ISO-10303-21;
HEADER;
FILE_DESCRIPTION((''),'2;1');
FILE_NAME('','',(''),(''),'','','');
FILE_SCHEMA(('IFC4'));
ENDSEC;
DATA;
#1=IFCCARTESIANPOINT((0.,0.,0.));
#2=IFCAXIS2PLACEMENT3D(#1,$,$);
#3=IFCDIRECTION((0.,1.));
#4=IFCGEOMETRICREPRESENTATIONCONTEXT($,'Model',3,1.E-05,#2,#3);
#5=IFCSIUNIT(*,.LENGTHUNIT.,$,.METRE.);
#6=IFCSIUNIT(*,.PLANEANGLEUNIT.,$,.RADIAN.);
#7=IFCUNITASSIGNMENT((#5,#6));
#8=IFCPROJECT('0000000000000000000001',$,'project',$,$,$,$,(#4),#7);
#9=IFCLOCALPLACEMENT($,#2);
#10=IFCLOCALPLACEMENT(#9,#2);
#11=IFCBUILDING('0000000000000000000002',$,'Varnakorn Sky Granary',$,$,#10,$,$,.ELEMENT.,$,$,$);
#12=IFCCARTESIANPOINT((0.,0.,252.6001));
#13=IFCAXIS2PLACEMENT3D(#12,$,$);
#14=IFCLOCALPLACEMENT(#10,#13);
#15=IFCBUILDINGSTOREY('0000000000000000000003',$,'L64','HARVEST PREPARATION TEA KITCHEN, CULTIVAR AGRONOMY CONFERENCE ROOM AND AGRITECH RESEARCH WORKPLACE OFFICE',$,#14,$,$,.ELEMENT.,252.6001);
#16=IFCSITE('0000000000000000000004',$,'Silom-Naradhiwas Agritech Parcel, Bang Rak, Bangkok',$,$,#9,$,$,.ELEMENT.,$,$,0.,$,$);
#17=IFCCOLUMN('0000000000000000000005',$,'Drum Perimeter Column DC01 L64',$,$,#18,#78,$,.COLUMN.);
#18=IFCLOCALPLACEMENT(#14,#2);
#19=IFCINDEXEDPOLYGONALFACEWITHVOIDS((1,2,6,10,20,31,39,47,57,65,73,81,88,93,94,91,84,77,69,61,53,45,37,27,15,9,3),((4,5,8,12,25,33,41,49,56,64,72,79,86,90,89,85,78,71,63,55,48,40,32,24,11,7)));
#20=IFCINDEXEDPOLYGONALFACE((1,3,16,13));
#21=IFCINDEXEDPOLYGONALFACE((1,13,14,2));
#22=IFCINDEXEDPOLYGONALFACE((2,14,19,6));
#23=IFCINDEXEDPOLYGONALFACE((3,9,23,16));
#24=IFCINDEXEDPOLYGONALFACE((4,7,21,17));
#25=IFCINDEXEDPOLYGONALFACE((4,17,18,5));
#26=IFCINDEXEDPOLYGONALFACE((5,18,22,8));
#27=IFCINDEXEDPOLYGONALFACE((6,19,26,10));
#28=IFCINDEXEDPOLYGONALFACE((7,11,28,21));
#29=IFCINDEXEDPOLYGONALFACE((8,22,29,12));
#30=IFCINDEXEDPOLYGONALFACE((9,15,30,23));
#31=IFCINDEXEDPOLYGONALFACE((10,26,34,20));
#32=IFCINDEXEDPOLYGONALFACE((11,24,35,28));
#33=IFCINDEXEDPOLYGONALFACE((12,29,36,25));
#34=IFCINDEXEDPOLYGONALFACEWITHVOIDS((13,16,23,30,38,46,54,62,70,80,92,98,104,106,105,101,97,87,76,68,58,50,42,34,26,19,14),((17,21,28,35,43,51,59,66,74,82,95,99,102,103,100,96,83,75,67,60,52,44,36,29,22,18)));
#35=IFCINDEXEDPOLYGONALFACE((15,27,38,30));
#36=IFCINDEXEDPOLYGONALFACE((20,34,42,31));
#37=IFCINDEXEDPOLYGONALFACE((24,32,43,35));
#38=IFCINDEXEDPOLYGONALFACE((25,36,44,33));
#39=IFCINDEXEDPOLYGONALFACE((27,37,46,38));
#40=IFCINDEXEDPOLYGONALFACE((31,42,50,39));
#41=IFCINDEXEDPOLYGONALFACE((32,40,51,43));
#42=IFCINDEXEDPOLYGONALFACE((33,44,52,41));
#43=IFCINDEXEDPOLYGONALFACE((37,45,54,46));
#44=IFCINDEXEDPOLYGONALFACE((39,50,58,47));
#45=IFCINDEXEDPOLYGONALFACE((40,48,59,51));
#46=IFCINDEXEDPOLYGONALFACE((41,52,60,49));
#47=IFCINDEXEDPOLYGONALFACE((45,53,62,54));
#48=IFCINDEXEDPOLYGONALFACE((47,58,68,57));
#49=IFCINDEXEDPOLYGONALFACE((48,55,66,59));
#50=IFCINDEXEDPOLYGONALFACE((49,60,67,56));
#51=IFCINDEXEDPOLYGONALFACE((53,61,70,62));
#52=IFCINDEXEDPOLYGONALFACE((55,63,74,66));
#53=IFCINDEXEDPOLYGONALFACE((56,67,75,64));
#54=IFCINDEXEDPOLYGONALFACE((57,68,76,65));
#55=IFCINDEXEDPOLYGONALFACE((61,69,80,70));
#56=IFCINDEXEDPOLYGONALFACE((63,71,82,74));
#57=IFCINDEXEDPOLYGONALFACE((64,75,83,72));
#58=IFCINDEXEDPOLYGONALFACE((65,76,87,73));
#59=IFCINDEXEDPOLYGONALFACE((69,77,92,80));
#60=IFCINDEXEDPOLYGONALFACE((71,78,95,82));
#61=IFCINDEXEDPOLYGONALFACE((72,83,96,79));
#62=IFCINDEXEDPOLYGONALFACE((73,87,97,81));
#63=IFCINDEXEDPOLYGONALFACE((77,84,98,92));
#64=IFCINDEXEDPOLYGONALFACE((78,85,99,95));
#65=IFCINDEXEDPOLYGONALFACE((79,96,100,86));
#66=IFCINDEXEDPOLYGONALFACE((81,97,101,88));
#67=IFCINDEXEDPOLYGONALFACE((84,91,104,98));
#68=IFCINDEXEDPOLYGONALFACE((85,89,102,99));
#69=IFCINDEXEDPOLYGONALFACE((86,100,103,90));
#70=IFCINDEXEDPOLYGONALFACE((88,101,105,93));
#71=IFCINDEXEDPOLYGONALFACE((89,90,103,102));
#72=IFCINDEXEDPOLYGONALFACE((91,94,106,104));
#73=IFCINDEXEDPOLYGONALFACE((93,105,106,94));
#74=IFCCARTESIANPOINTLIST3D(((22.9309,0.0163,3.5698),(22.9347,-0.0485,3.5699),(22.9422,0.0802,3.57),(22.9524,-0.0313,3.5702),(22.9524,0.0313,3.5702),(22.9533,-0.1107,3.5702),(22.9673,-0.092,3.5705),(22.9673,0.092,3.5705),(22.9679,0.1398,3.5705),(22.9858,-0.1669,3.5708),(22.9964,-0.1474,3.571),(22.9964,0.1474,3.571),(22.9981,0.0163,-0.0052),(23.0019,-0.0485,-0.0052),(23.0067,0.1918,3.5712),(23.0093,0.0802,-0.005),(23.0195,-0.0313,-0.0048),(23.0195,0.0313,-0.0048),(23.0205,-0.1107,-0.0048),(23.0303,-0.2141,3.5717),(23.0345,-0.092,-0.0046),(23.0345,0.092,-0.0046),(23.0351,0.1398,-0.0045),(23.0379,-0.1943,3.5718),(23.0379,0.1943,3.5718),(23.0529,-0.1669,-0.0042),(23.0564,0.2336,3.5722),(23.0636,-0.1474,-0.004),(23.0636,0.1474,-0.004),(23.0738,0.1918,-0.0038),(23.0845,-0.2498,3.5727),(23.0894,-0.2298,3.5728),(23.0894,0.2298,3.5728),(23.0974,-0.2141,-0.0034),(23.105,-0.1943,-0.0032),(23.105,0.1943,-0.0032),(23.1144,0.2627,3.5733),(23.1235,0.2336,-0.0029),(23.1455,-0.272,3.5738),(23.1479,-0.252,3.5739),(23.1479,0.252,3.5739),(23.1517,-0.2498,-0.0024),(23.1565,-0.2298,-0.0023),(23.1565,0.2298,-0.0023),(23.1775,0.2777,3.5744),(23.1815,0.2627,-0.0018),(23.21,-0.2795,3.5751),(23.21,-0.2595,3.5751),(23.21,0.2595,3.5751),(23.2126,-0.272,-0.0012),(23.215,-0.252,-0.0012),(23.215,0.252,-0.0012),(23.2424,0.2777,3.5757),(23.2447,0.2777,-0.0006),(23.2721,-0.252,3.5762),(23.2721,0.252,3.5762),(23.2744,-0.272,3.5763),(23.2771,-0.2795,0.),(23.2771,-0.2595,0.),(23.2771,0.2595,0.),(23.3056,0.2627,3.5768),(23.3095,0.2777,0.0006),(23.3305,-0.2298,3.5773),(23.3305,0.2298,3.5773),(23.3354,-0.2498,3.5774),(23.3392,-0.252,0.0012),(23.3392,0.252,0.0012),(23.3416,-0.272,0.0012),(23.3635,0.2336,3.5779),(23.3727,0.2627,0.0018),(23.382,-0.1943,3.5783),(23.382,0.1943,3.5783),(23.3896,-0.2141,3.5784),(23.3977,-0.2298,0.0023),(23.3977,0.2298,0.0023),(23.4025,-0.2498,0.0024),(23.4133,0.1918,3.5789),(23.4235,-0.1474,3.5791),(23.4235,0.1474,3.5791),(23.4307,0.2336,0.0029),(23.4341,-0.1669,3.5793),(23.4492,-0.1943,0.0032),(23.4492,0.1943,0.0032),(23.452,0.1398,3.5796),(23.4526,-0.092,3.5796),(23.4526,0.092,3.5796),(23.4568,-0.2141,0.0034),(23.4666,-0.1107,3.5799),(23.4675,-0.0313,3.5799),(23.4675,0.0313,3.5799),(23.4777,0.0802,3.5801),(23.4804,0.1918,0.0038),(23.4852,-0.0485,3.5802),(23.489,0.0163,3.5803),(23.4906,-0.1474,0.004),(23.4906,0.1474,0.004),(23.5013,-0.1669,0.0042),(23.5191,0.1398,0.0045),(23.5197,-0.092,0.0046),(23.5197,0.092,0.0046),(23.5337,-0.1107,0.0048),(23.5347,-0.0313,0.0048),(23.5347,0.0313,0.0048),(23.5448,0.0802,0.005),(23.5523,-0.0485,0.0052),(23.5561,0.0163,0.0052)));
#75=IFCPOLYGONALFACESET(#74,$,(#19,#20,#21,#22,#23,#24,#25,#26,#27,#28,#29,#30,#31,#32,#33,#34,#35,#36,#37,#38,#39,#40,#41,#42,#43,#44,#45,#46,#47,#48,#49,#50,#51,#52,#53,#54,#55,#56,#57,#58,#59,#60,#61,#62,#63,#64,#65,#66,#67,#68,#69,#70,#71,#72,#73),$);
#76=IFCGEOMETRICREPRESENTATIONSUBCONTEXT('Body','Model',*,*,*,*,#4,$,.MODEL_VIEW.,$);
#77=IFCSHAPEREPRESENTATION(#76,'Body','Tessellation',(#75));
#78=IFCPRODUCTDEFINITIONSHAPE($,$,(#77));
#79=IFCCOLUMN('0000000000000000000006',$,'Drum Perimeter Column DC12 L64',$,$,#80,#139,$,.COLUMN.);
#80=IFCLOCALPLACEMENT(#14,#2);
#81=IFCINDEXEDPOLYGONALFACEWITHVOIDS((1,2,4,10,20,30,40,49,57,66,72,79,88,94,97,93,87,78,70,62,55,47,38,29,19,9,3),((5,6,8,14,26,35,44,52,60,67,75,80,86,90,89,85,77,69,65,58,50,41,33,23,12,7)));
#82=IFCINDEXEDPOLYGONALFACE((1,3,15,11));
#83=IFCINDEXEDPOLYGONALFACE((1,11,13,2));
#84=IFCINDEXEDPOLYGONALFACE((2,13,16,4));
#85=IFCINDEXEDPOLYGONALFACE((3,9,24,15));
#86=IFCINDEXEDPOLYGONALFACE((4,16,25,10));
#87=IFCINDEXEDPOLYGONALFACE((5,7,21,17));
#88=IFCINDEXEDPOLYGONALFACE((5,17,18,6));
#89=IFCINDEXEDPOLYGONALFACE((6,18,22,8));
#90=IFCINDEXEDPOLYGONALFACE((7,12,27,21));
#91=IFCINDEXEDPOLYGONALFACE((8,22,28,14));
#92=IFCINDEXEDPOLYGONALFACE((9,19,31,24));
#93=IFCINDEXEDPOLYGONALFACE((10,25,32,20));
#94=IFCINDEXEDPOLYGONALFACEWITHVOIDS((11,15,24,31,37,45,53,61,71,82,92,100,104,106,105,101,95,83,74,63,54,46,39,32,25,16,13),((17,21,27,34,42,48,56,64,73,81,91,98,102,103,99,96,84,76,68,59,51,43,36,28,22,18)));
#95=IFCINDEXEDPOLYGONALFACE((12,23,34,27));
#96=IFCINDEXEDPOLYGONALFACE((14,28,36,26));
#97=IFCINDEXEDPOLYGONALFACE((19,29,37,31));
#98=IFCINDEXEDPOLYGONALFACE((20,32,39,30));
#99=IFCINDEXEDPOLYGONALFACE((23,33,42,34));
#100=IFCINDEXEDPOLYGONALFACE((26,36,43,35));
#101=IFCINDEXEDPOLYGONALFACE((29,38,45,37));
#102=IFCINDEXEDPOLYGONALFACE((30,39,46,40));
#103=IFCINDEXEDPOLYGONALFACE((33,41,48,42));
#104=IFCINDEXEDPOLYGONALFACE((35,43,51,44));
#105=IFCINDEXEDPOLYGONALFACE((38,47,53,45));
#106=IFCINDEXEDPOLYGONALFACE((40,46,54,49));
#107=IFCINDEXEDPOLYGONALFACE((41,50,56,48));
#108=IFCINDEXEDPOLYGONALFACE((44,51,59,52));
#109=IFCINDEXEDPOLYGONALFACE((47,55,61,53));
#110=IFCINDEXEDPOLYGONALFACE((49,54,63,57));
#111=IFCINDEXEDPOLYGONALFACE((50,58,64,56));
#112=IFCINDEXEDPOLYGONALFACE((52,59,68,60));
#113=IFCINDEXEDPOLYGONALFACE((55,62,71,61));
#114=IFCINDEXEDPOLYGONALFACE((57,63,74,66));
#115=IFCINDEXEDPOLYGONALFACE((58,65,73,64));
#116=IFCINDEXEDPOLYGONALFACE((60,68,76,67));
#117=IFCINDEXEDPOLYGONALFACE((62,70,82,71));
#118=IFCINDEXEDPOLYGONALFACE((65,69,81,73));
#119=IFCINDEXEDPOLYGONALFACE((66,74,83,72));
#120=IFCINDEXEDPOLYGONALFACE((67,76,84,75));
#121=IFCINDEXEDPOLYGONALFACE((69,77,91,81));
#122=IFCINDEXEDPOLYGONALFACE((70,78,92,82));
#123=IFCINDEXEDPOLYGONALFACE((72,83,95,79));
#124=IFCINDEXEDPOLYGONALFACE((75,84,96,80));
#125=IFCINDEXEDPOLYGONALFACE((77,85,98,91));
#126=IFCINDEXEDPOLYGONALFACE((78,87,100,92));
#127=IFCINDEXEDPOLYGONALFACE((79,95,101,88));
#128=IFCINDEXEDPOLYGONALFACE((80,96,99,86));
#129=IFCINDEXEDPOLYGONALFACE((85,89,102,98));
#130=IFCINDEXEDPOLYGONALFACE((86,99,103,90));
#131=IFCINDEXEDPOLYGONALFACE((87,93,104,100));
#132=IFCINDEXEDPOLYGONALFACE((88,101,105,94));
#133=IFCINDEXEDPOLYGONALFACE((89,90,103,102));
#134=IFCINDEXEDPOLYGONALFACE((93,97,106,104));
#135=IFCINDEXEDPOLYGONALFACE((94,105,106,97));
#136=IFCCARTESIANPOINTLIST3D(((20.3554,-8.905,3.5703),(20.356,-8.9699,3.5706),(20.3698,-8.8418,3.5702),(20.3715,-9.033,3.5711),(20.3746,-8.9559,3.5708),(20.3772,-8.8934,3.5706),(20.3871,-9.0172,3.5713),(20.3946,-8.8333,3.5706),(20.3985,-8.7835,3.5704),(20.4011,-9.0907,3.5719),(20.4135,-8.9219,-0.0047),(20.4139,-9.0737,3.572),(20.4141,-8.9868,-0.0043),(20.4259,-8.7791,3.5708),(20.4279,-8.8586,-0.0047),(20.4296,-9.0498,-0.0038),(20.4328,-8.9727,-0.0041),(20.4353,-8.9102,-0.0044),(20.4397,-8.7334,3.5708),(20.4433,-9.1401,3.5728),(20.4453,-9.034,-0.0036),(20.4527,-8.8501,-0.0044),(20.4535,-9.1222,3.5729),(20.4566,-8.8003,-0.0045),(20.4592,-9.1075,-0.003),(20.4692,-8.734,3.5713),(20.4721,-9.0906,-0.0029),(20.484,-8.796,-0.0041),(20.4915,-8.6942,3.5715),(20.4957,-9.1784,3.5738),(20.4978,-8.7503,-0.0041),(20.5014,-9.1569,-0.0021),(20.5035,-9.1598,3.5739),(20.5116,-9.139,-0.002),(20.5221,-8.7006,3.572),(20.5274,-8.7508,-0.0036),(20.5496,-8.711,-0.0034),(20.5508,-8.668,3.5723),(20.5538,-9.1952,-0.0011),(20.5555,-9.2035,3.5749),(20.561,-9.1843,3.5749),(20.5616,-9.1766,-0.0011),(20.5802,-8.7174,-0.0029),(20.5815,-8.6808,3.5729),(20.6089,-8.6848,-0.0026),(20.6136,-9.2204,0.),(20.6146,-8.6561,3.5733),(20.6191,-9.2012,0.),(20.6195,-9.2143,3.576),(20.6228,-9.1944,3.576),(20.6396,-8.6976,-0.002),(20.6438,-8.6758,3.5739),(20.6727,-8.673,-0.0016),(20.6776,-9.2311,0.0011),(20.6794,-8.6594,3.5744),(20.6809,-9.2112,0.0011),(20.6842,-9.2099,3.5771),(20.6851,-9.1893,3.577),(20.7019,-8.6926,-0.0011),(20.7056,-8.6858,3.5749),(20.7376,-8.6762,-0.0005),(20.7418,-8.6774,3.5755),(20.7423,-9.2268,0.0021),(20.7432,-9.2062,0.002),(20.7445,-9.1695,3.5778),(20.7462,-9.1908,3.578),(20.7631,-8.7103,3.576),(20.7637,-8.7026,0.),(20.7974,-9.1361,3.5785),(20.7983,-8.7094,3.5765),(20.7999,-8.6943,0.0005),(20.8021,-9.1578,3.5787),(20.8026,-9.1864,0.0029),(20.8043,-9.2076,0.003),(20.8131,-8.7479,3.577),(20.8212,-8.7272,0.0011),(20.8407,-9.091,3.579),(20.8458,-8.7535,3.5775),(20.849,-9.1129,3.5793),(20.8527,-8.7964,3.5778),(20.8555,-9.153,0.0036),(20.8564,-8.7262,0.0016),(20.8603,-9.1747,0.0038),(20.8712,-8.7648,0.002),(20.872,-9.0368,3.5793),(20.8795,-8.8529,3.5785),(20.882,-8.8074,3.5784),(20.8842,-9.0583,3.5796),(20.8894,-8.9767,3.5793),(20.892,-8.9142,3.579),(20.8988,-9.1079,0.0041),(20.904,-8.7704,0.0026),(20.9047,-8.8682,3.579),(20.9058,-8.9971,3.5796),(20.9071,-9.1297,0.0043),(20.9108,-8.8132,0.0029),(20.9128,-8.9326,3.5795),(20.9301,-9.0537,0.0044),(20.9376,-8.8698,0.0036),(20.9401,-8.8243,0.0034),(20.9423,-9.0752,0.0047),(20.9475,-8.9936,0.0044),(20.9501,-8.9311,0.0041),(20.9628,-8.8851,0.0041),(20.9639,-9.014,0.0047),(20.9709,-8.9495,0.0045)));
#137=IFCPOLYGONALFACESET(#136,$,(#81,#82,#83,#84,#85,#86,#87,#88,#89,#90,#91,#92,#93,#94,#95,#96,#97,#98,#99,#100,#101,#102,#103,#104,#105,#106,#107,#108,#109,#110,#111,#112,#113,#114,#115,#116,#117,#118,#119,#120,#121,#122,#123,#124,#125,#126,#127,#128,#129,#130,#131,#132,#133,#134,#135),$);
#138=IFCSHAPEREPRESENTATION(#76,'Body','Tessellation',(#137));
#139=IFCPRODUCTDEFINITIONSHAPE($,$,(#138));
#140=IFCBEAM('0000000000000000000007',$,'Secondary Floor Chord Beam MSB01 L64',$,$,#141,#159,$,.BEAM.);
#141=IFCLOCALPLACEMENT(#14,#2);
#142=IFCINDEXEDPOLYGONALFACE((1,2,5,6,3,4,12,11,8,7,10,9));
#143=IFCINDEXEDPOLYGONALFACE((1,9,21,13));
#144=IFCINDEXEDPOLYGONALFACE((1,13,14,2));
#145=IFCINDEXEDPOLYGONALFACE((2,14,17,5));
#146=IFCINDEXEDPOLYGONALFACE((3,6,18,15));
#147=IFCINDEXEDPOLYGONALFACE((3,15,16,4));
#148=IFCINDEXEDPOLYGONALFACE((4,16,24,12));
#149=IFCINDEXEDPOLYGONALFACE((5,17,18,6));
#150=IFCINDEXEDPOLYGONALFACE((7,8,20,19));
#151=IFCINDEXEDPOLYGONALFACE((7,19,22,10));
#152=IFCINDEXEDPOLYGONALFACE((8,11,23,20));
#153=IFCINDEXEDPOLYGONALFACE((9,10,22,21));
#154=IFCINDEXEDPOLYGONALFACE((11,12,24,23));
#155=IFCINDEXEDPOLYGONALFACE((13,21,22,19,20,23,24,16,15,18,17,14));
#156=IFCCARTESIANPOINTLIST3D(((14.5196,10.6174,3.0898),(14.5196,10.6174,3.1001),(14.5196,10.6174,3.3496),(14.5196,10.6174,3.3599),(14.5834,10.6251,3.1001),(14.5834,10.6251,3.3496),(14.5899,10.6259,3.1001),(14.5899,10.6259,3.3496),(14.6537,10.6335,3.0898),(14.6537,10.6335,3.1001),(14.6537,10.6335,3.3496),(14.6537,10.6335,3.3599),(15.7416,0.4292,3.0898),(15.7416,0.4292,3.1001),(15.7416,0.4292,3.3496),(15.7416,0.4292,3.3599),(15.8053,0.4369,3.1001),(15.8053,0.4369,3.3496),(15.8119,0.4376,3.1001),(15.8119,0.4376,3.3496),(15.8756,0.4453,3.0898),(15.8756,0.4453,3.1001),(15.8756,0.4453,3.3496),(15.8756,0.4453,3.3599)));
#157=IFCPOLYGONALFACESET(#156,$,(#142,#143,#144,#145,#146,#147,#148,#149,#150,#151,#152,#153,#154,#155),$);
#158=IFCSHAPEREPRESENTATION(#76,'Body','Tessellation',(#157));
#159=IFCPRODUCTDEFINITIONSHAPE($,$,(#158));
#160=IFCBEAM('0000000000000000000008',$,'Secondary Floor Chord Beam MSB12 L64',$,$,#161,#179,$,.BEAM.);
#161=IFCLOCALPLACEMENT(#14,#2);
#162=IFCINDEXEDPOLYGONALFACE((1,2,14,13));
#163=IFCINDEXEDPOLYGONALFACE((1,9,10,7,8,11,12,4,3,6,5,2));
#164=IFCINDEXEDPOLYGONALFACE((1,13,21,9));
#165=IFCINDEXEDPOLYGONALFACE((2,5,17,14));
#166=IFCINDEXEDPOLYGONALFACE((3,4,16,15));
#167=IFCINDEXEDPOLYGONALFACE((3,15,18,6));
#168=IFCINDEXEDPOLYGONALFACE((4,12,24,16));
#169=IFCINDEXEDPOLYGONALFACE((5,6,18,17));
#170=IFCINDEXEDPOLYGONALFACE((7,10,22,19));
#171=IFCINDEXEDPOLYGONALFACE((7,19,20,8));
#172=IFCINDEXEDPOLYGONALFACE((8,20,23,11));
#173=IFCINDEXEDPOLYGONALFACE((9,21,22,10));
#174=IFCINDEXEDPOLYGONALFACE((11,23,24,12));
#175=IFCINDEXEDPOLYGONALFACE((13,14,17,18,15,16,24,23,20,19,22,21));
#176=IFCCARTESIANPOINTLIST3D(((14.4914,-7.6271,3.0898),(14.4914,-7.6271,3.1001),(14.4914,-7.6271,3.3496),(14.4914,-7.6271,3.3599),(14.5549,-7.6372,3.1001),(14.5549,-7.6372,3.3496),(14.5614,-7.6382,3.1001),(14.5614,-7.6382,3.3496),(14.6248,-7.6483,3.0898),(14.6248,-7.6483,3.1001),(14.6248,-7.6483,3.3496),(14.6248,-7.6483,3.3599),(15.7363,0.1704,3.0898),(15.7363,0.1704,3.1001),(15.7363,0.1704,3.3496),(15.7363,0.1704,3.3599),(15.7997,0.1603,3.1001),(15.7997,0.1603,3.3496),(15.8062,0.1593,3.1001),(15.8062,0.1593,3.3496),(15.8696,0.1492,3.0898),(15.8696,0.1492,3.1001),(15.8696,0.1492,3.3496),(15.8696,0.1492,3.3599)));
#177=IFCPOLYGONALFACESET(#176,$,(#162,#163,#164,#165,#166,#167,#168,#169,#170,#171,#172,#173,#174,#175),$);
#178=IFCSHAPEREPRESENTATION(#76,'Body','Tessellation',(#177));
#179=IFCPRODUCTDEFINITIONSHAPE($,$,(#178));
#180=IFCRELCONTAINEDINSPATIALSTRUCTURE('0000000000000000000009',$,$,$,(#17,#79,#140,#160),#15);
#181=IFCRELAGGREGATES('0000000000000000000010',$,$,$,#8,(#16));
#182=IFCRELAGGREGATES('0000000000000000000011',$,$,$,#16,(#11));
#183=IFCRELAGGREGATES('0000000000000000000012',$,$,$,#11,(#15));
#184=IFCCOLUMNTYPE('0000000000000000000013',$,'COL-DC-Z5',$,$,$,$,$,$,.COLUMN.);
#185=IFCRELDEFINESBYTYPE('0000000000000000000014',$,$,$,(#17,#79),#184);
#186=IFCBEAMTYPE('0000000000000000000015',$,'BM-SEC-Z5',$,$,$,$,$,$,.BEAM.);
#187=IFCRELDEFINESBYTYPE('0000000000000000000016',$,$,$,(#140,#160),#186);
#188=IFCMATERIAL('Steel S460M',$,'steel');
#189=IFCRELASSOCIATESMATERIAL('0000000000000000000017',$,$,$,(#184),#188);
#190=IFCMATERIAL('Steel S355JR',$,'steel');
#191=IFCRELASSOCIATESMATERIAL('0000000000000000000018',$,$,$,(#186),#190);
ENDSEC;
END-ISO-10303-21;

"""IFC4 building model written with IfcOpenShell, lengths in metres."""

from ifc_helpers import new_model, si_unit, direction, frame, origin, origin_2d, place, context, subcontext, project, spatial, hollow_circle, i_section, extrude, material, material_profile, profile_set, type_object, element, save


model = new_model("IFC4")

# Units and contexts
model_context = context("Model", 3, precision=1e-05, world=origin(), true_north=direction((0.0, 1.0)))
body_context = subcontext(model_context, "Body", "Model", "MODEL_VIEW")
ifc_project = project(units=[si_unit("LENGTHUNIT", "METRE"), si_unit("PLANEANGLEUNIT", "RADIAN")], contexts=[model_context])

# Site, building, storey
site_placement = place(None, origin())
site = spatial("IfcSite", under=ifc_project, at=site_placement, Name="Silom-Naradhiwas Agritech Parcel, Bang Rak, Bangkok", CompositionType="ELEMENT", RefElevation=0.0)
building_placement = place(site_placement, origin())
building = spatial("IfcBuilding", under=site, at=building_placement, Name="Varnakorn Sky Granary", CompositionType="ELEMENT")
storey_placement = place(building_placement, frame((0.0, 0.0, 252.6001)))
storey = spatial("IfcBuildingStorey", under=building, at=storey_placement, Name="L64", Description="HARVEST PREPARATION TEA KITCHEN, CULTIVAR AGRONOMY CONFERENCE ROOM AND AGRITECH RESEARCH WORKPLACE OFFICE", CompositionType="ELEMENT", Elevation=252.6001)

# Columns
ifc_material_1 = material(Name="Steel S460M", Category="steel")
ifc_material_profile_1 = material_profile(ifc_material_1, hollow_circle(Radius=0.2795, WallThickness=0.02, at=origin_2d()), Name="CHS 559x20")
ifc_profile_set_1 = profile_set([ifc_material_profile_1], Name="Steel S460M")
column_type = type_object("IfcColumnType", Name="COL-DC-Z5", PredefinedType="COLUMN", material=ifc_profile_set_1)
column_1_placement = place(storey_placement, frame((23.2771, 0.0, 0.0), z_axis=(-0.018777, 0.0, 0.999824), x_axis=(0.0, -1.0, 0.0)))
element("IfcColumn", 1, at=column_1_placement, inside=storey, type_object=column_type, Name="Drum Perimeter Column DC01 L64", PredefinedType="COLUMN", context=body_context, shape_type="SweptSolid", body=[
    extrude(hollow_circle(Radius=0.2795, WallThickness=0.02, at=origin_2d()), origin(), (0.0, 0.0, 1.0), 3.5757),
])
column_2_placement = place(storey_placement, frame((20.6914, -8.9519, 0.0), z_axis=(-0.016251, 0.004711, 0.999857), x_axis=(-0.27845, -0.960451, 0.0)))
element("IfcColumn", 2, at=column_2_placement, inside=storey, type_object=column_type, Name="Drum Perimeter Column DC12 L64", PredefinedType="COLUMN", context=body_context, shape_type="SweptSolid", body=[
    extrude(hollow_circle(Radius=0.2795, WallThickness=0.02, at=origin_2d()), origin(), (0.0, 0.0, 1.0), 3.5754),
])

# Beams
ifc_material_2 = material(Name="Steel S355JR", Category="steel")
ifc_material_profile_2 = material_profile(ifc_material_2, i_section(OverallWidth=0.135, OverallDepth=0.27, WebThickness=0.0066, FlangeThickness=0.0103, at=origin_2d()), Name="IPE 270")
ifc_profile_set_2 = profile_set([ifc_material_profile_2], Name="Steel S355JR")
beam_type_1 = type_object("IfcBeamType", Name="BM-SEC-Z5", PredefinedType="BEAM", material=ifc_profile_set_2)
beam_1_placement = place(storey_placement, frame((15.8086, 0.4373, 3.2249), z_axis=(-0.119081, 0.992884, 0.0), x_axis=(-0.992884, -0.119081, 0.0)))
element("IfcBeam", 3, at=beam_1_placement, inside=storey, type_object=beam_type_1, Name="Secondary Floor Chord Beam MSB01 L64", PredefinedType="BEAM", context=body_context, shape_type="SweptSolid", body=[
    extrude(i_section(OverallWidth=0.135, OverallDepth=0.27, WebThickness=0.0066, FlangeThickness=0.0103, at=origin_2d()), origin(), (0.0, 0.0, 1.0), 10.2612),
])
beam_2_placement = place(storey_placement, frame((14.5581, -7.6377, 3.2249), z_axis=(0.157652, 0.987495, 0.0), x_axis=(-0.987495, 0.157652, 0.0)))
element("IfcBeam", 4, at=beam_2_placement, inside=storey, type_object=beam_type_1, Name="Secondary Floor Chord Beam MSB12 L64", PredefinedType="BEAM", context=body_context, shape_type="SweptSolid", body=[
    extrude(i_section(OverallWidth=0.135, OverallDepth=0.27, WebThickness=0.0066, FlangeThickness=0.0103, at=origin_2d()), origin(), (0.0, 0.0, 1.0), 7.8962),
])

save(model, "model.ifc")
